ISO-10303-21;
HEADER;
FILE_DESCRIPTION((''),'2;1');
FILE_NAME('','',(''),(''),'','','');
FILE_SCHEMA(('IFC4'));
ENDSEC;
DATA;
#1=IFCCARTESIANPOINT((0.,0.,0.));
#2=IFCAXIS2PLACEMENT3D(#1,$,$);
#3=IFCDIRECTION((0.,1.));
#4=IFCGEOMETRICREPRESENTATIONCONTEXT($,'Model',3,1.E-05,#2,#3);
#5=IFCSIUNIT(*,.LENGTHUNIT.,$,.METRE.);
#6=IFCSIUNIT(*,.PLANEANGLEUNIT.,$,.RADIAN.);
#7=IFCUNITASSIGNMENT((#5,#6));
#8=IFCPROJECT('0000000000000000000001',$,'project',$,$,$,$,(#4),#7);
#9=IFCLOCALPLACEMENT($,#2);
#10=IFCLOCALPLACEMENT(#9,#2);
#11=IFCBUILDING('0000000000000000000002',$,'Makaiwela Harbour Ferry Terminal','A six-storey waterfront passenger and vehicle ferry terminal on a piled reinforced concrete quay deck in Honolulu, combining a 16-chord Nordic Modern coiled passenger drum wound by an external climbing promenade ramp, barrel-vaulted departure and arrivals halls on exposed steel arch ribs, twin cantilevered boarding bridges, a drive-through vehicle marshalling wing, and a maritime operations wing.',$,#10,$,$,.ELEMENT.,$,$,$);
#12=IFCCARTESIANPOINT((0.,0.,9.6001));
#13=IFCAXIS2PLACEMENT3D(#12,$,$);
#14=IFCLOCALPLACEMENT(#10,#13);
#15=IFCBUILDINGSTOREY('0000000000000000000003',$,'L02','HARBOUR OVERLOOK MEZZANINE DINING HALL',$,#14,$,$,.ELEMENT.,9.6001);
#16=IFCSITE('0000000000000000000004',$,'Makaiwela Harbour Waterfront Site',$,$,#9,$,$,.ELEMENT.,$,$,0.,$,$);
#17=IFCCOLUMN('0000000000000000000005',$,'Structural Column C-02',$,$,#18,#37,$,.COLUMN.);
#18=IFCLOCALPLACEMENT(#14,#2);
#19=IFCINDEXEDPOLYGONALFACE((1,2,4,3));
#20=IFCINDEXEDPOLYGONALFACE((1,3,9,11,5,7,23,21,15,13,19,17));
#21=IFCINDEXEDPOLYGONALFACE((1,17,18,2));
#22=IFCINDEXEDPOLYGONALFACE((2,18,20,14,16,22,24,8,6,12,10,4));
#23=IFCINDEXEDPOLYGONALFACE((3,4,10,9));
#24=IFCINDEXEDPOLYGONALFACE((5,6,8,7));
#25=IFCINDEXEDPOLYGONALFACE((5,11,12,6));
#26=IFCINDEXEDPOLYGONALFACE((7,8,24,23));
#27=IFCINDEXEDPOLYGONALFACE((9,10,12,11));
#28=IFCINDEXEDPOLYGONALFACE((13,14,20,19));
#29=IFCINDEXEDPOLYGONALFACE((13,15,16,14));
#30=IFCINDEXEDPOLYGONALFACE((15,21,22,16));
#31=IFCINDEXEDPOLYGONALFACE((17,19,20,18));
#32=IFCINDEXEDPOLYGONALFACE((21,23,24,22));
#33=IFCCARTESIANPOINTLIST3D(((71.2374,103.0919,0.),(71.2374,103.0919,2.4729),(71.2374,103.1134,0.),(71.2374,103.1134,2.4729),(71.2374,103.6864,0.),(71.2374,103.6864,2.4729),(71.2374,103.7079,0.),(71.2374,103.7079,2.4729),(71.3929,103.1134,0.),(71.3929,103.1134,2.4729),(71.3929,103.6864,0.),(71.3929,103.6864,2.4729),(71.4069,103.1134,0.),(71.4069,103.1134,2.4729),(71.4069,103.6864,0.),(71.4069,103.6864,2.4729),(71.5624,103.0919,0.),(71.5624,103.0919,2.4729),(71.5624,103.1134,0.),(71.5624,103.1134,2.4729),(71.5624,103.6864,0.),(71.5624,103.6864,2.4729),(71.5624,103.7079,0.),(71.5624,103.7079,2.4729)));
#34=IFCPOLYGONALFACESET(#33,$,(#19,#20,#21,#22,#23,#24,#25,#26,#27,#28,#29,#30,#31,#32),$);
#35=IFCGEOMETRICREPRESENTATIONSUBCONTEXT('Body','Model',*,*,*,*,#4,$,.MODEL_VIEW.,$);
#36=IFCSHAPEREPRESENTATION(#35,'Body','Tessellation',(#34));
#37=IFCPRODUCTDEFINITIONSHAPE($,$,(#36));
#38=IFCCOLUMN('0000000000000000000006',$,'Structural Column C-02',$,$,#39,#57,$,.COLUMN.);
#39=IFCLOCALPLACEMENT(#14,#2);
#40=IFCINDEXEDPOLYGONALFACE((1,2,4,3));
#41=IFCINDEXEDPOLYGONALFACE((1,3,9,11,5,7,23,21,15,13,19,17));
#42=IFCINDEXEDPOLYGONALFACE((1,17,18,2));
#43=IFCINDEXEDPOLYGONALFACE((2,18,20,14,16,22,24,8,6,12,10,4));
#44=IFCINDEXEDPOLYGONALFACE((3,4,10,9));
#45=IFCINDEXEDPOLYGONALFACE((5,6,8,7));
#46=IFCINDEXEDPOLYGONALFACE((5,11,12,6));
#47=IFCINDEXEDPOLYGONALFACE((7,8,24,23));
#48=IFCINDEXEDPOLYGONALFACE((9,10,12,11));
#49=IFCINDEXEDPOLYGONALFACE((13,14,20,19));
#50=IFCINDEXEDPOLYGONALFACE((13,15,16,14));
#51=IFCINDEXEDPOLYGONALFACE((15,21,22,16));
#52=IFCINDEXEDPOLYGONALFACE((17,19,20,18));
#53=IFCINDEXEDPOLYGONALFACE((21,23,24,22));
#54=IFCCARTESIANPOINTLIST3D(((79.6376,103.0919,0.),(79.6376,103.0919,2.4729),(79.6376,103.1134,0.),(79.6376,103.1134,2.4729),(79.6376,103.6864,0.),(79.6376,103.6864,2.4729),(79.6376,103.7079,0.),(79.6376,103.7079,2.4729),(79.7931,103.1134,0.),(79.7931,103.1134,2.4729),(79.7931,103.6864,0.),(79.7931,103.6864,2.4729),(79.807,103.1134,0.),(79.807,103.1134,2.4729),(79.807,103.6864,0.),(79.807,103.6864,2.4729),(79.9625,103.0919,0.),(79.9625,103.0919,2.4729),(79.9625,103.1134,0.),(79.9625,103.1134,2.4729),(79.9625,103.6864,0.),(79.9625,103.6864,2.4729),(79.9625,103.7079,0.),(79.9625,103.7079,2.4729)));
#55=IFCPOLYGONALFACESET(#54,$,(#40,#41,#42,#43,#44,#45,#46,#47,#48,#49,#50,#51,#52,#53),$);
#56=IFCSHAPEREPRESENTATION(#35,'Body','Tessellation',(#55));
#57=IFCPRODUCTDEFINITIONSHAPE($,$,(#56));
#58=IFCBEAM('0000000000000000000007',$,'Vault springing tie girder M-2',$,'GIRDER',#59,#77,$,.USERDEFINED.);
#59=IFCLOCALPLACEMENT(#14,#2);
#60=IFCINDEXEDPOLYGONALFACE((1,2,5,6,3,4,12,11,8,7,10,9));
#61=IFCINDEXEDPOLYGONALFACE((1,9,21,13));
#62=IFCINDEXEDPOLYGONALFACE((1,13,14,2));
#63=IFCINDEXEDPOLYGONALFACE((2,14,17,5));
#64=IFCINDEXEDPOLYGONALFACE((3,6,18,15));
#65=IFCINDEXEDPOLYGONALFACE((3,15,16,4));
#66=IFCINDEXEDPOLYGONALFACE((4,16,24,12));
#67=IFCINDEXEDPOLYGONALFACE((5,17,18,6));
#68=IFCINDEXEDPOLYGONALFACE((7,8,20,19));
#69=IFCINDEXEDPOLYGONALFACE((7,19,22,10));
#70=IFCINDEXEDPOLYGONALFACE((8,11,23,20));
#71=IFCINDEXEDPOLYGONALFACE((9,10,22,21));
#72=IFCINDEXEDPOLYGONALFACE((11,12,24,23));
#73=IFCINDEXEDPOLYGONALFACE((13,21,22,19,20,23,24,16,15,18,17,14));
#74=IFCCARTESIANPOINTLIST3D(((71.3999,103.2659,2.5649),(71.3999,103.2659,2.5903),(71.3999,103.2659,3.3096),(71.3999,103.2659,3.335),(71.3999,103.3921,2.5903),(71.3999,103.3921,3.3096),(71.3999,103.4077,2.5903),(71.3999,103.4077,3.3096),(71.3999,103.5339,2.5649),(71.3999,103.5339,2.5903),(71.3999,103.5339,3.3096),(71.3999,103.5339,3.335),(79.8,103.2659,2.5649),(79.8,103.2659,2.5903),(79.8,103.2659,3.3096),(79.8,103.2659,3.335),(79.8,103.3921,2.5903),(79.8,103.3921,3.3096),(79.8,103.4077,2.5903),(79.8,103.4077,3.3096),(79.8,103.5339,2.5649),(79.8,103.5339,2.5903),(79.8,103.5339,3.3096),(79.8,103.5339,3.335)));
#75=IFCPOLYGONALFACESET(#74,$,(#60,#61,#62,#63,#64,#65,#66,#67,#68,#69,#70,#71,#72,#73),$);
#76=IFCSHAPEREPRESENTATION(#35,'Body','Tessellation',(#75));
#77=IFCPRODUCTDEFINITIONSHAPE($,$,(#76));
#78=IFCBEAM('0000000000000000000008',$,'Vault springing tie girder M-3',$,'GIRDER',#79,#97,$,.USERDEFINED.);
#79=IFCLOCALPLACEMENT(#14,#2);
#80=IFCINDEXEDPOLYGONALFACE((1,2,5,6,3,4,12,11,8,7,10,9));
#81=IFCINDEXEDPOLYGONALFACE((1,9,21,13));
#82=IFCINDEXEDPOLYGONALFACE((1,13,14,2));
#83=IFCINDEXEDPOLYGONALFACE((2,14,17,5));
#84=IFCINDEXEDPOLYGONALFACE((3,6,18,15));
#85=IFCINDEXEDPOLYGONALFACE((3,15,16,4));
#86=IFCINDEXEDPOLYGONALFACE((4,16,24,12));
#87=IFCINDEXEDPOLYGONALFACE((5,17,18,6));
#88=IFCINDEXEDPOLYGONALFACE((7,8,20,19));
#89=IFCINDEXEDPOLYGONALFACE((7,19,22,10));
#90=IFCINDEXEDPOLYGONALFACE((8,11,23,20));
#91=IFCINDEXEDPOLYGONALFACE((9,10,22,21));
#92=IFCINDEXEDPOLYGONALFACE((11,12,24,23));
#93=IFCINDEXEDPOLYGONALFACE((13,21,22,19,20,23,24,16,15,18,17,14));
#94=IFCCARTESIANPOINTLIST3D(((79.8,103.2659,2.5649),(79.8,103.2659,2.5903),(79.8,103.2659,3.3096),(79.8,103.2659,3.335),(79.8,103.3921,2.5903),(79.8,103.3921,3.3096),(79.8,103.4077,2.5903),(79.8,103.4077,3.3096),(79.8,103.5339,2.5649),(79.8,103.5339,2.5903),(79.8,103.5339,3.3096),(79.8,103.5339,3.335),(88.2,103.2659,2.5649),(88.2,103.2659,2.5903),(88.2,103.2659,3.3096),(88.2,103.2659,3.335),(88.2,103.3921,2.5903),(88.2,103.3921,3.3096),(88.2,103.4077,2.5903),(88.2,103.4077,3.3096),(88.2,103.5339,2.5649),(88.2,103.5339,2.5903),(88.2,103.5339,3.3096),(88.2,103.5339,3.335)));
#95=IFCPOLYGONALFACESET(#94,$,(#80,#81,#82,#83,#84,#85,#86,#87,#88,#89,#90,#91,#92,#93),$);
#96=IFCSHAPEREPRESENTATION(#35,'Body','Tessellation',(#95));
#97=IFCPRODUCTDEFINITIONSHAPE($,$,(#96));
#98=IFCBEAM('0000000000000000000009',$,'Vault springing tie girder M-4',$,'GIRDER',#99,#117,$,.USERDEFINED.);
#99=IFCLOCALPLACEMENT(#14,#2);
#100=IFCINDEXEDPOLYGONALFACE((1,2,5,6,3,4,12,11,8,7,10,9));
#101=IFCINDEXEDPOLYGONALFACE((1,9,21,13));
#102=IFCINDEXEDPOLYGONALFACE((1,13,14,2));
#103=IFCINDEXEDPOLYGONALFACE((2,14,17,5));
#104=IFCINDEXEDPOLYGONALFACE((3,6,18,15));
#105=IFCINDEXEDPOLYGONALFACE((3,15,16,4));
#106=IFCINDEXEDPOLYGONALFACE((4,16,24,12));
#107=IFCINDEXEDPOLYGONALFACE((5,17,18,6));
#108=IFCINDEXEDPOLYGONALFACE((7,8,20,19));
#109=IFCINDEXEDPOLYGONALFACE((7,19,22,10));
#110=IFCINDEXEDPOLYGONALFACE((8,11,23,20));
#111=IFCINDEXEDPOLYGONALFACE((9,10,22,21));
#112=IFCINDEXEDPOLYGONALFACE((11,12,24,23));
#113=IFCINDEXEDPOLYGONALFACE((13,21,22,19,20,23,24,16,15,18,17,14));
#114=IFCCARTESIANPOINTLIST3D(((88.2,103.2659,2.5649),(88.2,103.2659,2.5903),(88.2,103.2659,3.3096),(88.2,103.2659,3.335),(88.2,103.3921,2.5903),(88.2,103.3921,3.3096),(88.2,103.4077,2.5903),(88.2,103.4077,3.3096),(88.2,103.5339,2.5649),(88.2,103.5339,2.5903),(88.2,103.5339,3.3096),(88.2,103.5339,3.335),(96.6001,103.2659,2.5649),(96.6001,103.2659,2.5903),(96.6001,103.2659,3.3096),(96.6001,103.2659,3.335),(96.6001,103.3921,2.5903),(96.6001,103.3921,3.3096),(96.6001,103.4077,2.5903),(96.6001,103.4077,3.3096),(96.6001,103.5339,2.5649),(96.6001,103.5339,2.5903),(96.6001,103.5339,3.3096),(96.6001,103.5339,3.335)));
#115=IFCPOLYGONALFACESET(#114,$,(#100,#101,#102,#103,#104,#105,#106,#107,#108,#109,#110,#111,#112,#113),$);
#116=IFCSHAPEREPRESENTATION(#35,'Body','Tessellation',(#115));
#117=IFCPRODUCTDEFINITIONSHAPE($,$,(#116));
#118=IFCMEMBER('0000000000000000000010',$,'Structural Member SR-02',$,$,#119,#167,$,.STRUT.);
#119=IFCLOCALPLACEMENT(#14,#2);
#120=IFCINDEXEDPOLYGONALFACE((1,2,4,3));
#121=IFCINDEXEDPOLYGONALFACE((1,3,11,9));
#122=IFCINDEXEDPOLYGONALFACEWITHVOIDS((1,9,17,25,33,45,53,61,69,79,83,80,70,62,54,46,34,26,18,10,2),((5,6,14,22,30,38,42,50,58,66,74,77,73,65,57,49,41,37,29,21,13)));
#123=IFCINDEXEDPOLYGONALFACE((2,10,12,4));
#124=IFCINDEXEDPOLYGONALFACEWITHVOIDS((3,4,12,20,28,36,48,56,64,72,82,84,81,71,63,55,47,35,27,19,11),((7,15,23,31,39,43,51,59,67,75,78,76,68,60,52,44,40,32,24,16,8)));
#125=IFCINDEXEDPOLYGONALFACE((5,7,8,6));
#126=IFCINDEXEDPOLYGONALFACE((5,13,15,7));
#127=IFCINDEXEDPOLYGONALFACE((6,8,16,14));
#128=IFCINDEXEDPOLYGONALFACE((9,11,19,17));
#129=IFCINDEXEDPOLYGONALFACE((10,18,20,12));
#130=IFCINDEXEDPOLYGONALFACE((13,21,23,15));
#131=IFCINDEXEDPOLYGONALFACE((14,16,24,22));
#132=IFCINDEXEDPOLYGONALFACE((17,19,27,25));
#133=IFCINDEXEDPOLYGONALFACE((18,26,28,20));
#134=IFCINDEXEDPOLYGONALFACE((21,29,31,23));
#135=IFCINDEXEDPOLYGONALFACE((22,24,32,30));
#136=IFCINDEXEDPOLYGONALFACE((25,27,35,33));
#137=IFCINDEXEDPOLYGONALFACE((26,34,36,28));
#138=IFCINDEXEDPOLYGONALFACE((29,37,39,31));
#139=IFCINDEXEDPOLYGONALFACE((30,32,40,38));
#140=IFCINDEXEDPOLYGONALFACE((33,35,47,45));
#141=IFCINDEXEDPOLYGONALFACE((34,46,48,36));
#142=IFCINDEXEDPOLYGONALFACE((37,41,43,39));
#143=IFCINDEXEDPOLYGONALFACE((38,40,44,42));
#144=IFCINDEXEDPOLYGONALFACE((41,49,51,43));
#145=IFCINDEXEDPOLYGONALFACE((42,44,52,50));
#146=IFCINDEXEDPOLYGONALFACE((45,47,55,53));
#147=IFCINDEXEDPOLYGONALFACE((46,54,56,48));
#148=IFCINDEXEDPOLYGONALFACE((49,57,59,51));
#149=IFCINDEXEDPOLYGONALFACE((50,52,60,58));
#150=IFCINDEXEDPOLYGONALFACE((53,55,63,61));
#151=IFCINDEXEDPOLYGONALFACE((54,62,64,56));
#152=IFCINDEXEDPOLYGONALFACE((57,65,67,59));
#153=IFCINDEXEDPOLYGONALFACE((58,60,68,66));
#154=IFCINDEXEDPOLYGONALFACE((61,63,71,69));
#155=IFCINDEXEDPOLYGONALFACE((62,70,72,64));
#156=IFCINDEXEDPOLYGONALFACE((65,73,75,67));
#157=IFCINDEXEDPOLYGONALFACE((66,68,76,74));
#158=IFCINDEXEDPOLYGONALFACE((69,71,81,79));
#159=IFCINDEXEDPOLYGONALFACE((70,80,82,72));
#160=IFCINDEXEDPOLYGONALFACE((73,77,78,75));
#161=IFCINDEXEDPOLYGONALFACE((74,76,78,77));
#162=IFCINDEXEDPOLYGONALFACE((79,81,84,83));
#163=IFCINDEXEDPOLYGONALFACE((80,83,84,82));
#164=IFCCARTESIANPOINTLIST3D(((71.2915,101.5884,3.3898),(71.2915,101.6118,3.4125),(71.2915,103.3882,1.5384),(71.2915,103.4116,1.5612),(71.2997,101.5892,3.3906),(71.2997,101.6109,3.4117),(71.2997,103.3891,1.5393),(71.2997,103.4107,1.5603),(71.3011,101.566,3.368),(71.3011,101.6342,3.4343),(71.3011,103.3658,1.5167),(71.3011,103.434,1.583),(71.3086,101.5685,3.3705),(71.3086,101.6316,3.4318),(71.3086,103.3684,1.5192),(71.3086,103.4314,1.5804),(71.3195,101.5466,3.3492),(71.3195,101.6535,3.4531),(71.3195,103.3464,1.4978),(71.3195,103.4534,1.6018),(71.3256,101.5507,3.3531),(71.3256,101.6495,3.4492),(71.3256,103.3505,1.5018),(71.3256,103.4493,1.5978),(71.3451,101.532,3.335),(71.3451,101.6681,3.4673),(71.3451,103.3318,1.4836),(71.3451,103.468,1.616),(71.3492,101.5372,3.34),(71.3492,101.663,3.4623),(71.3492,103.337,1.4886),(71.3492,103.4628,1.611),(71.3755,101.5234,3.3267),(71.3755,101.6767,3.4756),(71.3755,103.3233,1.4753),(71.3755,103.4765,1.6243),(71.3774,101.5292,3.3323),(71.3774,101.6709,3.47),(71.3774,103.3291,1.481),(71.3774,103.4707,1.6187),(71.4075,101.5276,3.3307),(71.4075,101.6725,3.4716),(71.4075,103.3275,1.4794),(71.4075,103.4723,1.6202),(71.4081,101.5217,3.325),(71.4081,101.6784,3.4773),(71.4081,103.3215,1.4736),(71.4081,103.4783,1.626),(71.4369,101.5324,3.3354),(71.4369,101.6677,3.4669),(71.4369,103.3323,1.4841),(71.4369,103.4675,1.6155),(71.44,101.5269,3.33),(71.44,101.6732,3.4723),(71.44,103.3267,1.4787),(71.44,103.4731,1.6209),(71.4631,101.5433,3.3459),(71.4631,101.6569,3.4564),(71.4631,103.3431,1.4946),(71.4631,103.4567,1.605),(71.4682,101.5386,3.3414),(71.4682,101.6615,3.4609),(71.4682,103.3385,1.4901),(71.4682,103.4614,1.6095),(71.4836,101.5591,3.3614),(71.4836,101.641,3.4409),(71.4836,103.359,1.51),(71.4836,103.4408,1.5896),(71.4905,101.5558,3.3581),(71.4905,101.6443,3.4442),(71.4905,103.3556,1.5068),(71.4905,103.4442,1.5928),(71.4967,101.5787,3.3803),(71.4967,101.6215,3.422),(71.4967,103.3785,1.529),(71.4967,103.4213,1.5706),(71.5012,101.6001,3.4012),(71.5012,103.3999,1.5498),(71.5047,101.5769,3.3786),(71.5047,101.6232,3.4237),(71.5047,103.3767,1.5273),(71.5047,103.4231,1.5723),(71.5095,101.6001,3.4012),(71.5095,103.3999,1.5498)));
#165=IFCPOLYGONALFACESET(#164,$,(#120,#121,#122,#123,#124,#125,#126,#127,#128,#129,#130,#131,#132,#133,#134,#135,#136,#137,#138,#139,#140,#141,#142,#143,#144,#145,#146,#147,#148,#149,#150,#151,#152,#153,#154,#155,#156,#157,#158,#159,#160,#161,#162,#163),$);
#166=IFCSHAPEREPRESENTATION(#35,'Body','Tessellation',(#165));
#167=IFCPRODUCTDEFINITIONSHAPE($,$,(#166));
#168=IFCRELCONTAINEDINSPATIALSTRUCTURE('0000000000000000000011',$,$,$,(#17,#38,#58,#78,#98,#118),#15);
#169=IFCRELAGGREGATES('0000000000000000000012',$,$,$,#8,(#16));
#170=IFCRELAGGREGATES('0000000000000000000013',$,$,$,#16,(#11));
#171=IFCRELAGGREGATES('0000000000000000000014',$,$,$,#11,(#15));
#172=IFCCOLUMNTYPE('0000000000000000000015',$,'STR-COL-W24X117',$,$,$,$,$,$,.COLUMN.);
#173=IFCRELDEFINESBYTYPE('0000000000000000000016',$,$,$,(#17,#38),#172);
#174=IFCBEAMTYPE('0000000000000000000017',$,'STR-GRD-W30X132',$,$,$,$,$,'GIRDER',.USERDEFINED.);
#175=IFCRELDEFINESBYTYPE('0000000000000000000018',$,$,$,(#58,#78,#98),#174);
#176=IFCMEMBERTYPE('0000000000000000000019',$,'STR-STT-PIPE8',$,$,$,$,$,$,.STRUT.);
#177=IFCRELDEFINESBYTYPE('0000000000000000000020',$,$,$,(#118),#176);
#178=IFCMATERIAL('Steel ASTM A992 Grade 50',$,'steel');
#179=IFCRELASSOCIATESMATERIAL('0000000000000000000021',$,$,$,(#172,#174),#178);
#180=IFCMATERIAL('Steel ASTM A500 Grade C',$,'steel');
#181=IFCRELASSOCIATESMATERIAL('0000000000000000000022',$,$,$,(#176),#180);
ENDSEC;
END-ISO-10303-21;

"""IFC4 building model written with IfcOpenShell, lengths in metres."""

from ifc_helpers import new_model, si_unit, direction, frame, origin, origin_2d, place, context, subcontext, project, spatial, hollow_circle, i_section, extrude, material, material_profile, profile_set, type_object, element, save


model = new_model("IFC4")

# Units and contexts
model_context = context("Model", 3, precision=1e-05, world=origin(), true_north=direction((0.0, 1.0)))
body_context = subcontext(model_context, "Body", "Model", "MODEL_VIEW")
ifc_project = project(units=[si_unit("LENGTHUNIT", "METRE"), si_unit("PLANEANGLEUNIT", "RADIAN")], contexts=[model_context])

# Site, building, storey
site_placement = place(None, origin())
site = spatial("IfcSite", under=ifc_project, at=site_placement, Name="Makaiwela Harbour Waterfront Site", CompositionType="ELEMENT", RefElevation=0.0)
building_placement = place(site_placement, origin())
building = spatial("IfcBuilding", under=site, at=building_placement, Name="Makaiwela Harbour Ferry Terminal", Description="A six-storey waterfront passenger and vehicle ferry terminal on a piled reinforced concrete quay deck in Honolulu, combining a 16-chord Nordic Modern coiled passenger drum wound by an external climbing promenade ramp, barrel-vaulted departure and arrivals halls on exposed steel arch ribs, twin cantilevered boarding bridges, a drive-through vehicle marshalling wing, and a maritime operations wing.", CompositionType="ELEMENT")
storey_placement = place(building_placement, frame((0.0, 0.0, 9.6001)))
storey = spatial("IfcBuildingStorey", under=building, at=storey_placement, Name="L02", Description="HARBOUR OVERLOOK MEZZANINE DINING HALL", CompositionType="ELEMENT", Elevation=9.6001)

# Columns
ifc_material_1 = material(Name="Steel ASTM A992 Grade 50", Category="steel")
ifc_material_profile_1 = material_profile(ifc_material_1, i_section(OverallWidth=0.325, OverallDepth=0.616, WebThickness=0.0139, FlangeThickness=0.0215, at=origin_2d()), Name="W24X117")
ifc_profile_set_1 = profile_set([ifc_material_profile_1], Name="Steel ASTM A992 Grade 50")
column_type = type_object("IfcColumnType", Name="STR-COL-W24X117", PredefinedType="COLUMN", material=ifc_profile_set_1)
for number, where, z_axis, x_axis, name in (
    (1, (71.3999, 103.3999, 0.0), (0.0, 0.0, 1.0), (1.0, 0.0, 0.0), "Structural Column C-02"),
    (2, (79.8, 103.3999, 0.0), (0.0, 0.0, 1.0), (1.0, 0.0, 0.0), "Structural Column C-02"),
):
    element("IfcColumn", number, at=place(storey_placement, frame(where, z_axis=z_axis, x_axis=x_axis)), inside=storey, type_object=column_type, Name=name, PredefinedType="COLUMN", context=body_context, shape_type="SweptSolid", body=[
        extrude(i_section(OverallWidth=0.325, OverallDepth=0.616, WebThickness=0.0139, FlangeThickness=0.0215, at=origin_2d()), origin(), (0.0, 0.0, 1.0), 2.4729),
    ])

# Beams
ifc_material_profile_2 = material_profile(ifc_material_1, i_section(OverallWidth=0.2681, OverallDepth=0.77, WebThickness=0.0156, FlangeThickness=0.0254, at=origin_2d()), Name="W30X132")
ifc_profile_set_2 = profile_set([ifc_material_profile_2], Name="Steel ASTM A992 Grade 50")
beam_type = type_object("IfcBeamType", Name="STR-GRD-W30X132", ElementType="GIRDER", PredefinedType="USERDEFINED", material=ifc_profile_set_2)
beam_1_placement = place(storey_placement, frame((71.3999, 103.3999, 2.95), z_axis=(1.0, 0.0, 0.0), x_axis=(0.0, 1.0, 0.0)))
element("IfcBeam", 3, at=beam_1_placement, inside=storey, type_object=beam_type, Name="Vault springing tie girder M-2", ObjectType="GIRDER", PredefinedType="USERDEFINED", context=body_context, shape_type="SweptSolid", body=[
    extrude(i_section(OverallWidth=0.2681, OverallDepth=0.77, WebThickness=0.0156, FlangeThickness=0.0254, at=origin_2d()), origin(), (0.0, 0.0, 1.0), 8.4001),
])
beam_2_placement = place(storey_placement, frame((79.8, 103.3999, 2.95), z_axis=(1.0, 0.0, 0.0), x_axis=(0.0, 1.0, 0.0)))
element("IfcBeam", 4, at=beam_2_placement, inside=storey, type_object=beam_type, Name="Vault springing tie girder M-3", ObjectType="GIRDER", PredefinedType="USERDEFINED", context=body_context, shape_type="SweptSolid", body=[
    extrude(i_section(OverallWidth=0.2681, OverallDepth=0.77, WebThickness=0.0156, FlangeThickness=0.0254, at=origin_2d()), origin(), (0.0, 0.0, 1.0), 8.3999),
])
beam_3_placement = place(storey_placement, frame((88.2, 103.3999, 2.95), z_axis=(1.0, 0.0, 0.0), x_axis=(0.0, 1.0, 0.0)))
element("IfcBeam", 5, at=beam_3_placement, inside=storey, type_object=beam_type, Name="Vault springing tie girder M-4", ObjectType="GIRDER", PredefinedType="USERDEFINED", context=body_context, shape_type="SweptSolid", body=[
    extrude(i_section(OverallWidth=0.2681, OverallDepth=0.77, WebThickness=0.0156, FlangeThickness=0.0254, at=origin_2d()), origin(), (0.0, 0.0, 1.0), 8.4001),
])

# Member
ifc_material_2 = material(Name="Steel ASTM A500 Grade C", Category="steel")
ifc_material_profile_3 = material_profile(ifc_material_2, hollow_circle(Radius=0.1096, WallThickness=0.0083, at=origin_2d()), Name="PIPE8STD")
ifc_profile_set_3 = profile_set([ifc_material_profile_3], Name="Steel ASTM A500 Grade C")
member_type = type_object("IfcMemberType", Name="STR-STT-PIPE8", PredefinedType="STRUT", material=ifc_profile_set_3)
for number, where, z_axis, x_axis, name in (
    (6, (71.3999, 103.3999, 1.5498), (0.0, -0.697061, 0.717012), (1.0, 0.0, 0.0), "Structural Member SR-02"),
):
    element("IfcMember", number, at=place(storey_placement, frame(where, z_axis=z_axis, x_axis=x_axis)), inside=storey, type_object=member_type, Name=name, PredefinedType="STRUT", context=body_context, shape_type="SweptSolid", body=[
        extrude(hollow_circle(Radius=0.1096, WallThickness=0.0083, at=origin_2d()), origin(), (0.0, 0.0, 1.0), 2.582),
    ])

save(model, "model.ifc")
